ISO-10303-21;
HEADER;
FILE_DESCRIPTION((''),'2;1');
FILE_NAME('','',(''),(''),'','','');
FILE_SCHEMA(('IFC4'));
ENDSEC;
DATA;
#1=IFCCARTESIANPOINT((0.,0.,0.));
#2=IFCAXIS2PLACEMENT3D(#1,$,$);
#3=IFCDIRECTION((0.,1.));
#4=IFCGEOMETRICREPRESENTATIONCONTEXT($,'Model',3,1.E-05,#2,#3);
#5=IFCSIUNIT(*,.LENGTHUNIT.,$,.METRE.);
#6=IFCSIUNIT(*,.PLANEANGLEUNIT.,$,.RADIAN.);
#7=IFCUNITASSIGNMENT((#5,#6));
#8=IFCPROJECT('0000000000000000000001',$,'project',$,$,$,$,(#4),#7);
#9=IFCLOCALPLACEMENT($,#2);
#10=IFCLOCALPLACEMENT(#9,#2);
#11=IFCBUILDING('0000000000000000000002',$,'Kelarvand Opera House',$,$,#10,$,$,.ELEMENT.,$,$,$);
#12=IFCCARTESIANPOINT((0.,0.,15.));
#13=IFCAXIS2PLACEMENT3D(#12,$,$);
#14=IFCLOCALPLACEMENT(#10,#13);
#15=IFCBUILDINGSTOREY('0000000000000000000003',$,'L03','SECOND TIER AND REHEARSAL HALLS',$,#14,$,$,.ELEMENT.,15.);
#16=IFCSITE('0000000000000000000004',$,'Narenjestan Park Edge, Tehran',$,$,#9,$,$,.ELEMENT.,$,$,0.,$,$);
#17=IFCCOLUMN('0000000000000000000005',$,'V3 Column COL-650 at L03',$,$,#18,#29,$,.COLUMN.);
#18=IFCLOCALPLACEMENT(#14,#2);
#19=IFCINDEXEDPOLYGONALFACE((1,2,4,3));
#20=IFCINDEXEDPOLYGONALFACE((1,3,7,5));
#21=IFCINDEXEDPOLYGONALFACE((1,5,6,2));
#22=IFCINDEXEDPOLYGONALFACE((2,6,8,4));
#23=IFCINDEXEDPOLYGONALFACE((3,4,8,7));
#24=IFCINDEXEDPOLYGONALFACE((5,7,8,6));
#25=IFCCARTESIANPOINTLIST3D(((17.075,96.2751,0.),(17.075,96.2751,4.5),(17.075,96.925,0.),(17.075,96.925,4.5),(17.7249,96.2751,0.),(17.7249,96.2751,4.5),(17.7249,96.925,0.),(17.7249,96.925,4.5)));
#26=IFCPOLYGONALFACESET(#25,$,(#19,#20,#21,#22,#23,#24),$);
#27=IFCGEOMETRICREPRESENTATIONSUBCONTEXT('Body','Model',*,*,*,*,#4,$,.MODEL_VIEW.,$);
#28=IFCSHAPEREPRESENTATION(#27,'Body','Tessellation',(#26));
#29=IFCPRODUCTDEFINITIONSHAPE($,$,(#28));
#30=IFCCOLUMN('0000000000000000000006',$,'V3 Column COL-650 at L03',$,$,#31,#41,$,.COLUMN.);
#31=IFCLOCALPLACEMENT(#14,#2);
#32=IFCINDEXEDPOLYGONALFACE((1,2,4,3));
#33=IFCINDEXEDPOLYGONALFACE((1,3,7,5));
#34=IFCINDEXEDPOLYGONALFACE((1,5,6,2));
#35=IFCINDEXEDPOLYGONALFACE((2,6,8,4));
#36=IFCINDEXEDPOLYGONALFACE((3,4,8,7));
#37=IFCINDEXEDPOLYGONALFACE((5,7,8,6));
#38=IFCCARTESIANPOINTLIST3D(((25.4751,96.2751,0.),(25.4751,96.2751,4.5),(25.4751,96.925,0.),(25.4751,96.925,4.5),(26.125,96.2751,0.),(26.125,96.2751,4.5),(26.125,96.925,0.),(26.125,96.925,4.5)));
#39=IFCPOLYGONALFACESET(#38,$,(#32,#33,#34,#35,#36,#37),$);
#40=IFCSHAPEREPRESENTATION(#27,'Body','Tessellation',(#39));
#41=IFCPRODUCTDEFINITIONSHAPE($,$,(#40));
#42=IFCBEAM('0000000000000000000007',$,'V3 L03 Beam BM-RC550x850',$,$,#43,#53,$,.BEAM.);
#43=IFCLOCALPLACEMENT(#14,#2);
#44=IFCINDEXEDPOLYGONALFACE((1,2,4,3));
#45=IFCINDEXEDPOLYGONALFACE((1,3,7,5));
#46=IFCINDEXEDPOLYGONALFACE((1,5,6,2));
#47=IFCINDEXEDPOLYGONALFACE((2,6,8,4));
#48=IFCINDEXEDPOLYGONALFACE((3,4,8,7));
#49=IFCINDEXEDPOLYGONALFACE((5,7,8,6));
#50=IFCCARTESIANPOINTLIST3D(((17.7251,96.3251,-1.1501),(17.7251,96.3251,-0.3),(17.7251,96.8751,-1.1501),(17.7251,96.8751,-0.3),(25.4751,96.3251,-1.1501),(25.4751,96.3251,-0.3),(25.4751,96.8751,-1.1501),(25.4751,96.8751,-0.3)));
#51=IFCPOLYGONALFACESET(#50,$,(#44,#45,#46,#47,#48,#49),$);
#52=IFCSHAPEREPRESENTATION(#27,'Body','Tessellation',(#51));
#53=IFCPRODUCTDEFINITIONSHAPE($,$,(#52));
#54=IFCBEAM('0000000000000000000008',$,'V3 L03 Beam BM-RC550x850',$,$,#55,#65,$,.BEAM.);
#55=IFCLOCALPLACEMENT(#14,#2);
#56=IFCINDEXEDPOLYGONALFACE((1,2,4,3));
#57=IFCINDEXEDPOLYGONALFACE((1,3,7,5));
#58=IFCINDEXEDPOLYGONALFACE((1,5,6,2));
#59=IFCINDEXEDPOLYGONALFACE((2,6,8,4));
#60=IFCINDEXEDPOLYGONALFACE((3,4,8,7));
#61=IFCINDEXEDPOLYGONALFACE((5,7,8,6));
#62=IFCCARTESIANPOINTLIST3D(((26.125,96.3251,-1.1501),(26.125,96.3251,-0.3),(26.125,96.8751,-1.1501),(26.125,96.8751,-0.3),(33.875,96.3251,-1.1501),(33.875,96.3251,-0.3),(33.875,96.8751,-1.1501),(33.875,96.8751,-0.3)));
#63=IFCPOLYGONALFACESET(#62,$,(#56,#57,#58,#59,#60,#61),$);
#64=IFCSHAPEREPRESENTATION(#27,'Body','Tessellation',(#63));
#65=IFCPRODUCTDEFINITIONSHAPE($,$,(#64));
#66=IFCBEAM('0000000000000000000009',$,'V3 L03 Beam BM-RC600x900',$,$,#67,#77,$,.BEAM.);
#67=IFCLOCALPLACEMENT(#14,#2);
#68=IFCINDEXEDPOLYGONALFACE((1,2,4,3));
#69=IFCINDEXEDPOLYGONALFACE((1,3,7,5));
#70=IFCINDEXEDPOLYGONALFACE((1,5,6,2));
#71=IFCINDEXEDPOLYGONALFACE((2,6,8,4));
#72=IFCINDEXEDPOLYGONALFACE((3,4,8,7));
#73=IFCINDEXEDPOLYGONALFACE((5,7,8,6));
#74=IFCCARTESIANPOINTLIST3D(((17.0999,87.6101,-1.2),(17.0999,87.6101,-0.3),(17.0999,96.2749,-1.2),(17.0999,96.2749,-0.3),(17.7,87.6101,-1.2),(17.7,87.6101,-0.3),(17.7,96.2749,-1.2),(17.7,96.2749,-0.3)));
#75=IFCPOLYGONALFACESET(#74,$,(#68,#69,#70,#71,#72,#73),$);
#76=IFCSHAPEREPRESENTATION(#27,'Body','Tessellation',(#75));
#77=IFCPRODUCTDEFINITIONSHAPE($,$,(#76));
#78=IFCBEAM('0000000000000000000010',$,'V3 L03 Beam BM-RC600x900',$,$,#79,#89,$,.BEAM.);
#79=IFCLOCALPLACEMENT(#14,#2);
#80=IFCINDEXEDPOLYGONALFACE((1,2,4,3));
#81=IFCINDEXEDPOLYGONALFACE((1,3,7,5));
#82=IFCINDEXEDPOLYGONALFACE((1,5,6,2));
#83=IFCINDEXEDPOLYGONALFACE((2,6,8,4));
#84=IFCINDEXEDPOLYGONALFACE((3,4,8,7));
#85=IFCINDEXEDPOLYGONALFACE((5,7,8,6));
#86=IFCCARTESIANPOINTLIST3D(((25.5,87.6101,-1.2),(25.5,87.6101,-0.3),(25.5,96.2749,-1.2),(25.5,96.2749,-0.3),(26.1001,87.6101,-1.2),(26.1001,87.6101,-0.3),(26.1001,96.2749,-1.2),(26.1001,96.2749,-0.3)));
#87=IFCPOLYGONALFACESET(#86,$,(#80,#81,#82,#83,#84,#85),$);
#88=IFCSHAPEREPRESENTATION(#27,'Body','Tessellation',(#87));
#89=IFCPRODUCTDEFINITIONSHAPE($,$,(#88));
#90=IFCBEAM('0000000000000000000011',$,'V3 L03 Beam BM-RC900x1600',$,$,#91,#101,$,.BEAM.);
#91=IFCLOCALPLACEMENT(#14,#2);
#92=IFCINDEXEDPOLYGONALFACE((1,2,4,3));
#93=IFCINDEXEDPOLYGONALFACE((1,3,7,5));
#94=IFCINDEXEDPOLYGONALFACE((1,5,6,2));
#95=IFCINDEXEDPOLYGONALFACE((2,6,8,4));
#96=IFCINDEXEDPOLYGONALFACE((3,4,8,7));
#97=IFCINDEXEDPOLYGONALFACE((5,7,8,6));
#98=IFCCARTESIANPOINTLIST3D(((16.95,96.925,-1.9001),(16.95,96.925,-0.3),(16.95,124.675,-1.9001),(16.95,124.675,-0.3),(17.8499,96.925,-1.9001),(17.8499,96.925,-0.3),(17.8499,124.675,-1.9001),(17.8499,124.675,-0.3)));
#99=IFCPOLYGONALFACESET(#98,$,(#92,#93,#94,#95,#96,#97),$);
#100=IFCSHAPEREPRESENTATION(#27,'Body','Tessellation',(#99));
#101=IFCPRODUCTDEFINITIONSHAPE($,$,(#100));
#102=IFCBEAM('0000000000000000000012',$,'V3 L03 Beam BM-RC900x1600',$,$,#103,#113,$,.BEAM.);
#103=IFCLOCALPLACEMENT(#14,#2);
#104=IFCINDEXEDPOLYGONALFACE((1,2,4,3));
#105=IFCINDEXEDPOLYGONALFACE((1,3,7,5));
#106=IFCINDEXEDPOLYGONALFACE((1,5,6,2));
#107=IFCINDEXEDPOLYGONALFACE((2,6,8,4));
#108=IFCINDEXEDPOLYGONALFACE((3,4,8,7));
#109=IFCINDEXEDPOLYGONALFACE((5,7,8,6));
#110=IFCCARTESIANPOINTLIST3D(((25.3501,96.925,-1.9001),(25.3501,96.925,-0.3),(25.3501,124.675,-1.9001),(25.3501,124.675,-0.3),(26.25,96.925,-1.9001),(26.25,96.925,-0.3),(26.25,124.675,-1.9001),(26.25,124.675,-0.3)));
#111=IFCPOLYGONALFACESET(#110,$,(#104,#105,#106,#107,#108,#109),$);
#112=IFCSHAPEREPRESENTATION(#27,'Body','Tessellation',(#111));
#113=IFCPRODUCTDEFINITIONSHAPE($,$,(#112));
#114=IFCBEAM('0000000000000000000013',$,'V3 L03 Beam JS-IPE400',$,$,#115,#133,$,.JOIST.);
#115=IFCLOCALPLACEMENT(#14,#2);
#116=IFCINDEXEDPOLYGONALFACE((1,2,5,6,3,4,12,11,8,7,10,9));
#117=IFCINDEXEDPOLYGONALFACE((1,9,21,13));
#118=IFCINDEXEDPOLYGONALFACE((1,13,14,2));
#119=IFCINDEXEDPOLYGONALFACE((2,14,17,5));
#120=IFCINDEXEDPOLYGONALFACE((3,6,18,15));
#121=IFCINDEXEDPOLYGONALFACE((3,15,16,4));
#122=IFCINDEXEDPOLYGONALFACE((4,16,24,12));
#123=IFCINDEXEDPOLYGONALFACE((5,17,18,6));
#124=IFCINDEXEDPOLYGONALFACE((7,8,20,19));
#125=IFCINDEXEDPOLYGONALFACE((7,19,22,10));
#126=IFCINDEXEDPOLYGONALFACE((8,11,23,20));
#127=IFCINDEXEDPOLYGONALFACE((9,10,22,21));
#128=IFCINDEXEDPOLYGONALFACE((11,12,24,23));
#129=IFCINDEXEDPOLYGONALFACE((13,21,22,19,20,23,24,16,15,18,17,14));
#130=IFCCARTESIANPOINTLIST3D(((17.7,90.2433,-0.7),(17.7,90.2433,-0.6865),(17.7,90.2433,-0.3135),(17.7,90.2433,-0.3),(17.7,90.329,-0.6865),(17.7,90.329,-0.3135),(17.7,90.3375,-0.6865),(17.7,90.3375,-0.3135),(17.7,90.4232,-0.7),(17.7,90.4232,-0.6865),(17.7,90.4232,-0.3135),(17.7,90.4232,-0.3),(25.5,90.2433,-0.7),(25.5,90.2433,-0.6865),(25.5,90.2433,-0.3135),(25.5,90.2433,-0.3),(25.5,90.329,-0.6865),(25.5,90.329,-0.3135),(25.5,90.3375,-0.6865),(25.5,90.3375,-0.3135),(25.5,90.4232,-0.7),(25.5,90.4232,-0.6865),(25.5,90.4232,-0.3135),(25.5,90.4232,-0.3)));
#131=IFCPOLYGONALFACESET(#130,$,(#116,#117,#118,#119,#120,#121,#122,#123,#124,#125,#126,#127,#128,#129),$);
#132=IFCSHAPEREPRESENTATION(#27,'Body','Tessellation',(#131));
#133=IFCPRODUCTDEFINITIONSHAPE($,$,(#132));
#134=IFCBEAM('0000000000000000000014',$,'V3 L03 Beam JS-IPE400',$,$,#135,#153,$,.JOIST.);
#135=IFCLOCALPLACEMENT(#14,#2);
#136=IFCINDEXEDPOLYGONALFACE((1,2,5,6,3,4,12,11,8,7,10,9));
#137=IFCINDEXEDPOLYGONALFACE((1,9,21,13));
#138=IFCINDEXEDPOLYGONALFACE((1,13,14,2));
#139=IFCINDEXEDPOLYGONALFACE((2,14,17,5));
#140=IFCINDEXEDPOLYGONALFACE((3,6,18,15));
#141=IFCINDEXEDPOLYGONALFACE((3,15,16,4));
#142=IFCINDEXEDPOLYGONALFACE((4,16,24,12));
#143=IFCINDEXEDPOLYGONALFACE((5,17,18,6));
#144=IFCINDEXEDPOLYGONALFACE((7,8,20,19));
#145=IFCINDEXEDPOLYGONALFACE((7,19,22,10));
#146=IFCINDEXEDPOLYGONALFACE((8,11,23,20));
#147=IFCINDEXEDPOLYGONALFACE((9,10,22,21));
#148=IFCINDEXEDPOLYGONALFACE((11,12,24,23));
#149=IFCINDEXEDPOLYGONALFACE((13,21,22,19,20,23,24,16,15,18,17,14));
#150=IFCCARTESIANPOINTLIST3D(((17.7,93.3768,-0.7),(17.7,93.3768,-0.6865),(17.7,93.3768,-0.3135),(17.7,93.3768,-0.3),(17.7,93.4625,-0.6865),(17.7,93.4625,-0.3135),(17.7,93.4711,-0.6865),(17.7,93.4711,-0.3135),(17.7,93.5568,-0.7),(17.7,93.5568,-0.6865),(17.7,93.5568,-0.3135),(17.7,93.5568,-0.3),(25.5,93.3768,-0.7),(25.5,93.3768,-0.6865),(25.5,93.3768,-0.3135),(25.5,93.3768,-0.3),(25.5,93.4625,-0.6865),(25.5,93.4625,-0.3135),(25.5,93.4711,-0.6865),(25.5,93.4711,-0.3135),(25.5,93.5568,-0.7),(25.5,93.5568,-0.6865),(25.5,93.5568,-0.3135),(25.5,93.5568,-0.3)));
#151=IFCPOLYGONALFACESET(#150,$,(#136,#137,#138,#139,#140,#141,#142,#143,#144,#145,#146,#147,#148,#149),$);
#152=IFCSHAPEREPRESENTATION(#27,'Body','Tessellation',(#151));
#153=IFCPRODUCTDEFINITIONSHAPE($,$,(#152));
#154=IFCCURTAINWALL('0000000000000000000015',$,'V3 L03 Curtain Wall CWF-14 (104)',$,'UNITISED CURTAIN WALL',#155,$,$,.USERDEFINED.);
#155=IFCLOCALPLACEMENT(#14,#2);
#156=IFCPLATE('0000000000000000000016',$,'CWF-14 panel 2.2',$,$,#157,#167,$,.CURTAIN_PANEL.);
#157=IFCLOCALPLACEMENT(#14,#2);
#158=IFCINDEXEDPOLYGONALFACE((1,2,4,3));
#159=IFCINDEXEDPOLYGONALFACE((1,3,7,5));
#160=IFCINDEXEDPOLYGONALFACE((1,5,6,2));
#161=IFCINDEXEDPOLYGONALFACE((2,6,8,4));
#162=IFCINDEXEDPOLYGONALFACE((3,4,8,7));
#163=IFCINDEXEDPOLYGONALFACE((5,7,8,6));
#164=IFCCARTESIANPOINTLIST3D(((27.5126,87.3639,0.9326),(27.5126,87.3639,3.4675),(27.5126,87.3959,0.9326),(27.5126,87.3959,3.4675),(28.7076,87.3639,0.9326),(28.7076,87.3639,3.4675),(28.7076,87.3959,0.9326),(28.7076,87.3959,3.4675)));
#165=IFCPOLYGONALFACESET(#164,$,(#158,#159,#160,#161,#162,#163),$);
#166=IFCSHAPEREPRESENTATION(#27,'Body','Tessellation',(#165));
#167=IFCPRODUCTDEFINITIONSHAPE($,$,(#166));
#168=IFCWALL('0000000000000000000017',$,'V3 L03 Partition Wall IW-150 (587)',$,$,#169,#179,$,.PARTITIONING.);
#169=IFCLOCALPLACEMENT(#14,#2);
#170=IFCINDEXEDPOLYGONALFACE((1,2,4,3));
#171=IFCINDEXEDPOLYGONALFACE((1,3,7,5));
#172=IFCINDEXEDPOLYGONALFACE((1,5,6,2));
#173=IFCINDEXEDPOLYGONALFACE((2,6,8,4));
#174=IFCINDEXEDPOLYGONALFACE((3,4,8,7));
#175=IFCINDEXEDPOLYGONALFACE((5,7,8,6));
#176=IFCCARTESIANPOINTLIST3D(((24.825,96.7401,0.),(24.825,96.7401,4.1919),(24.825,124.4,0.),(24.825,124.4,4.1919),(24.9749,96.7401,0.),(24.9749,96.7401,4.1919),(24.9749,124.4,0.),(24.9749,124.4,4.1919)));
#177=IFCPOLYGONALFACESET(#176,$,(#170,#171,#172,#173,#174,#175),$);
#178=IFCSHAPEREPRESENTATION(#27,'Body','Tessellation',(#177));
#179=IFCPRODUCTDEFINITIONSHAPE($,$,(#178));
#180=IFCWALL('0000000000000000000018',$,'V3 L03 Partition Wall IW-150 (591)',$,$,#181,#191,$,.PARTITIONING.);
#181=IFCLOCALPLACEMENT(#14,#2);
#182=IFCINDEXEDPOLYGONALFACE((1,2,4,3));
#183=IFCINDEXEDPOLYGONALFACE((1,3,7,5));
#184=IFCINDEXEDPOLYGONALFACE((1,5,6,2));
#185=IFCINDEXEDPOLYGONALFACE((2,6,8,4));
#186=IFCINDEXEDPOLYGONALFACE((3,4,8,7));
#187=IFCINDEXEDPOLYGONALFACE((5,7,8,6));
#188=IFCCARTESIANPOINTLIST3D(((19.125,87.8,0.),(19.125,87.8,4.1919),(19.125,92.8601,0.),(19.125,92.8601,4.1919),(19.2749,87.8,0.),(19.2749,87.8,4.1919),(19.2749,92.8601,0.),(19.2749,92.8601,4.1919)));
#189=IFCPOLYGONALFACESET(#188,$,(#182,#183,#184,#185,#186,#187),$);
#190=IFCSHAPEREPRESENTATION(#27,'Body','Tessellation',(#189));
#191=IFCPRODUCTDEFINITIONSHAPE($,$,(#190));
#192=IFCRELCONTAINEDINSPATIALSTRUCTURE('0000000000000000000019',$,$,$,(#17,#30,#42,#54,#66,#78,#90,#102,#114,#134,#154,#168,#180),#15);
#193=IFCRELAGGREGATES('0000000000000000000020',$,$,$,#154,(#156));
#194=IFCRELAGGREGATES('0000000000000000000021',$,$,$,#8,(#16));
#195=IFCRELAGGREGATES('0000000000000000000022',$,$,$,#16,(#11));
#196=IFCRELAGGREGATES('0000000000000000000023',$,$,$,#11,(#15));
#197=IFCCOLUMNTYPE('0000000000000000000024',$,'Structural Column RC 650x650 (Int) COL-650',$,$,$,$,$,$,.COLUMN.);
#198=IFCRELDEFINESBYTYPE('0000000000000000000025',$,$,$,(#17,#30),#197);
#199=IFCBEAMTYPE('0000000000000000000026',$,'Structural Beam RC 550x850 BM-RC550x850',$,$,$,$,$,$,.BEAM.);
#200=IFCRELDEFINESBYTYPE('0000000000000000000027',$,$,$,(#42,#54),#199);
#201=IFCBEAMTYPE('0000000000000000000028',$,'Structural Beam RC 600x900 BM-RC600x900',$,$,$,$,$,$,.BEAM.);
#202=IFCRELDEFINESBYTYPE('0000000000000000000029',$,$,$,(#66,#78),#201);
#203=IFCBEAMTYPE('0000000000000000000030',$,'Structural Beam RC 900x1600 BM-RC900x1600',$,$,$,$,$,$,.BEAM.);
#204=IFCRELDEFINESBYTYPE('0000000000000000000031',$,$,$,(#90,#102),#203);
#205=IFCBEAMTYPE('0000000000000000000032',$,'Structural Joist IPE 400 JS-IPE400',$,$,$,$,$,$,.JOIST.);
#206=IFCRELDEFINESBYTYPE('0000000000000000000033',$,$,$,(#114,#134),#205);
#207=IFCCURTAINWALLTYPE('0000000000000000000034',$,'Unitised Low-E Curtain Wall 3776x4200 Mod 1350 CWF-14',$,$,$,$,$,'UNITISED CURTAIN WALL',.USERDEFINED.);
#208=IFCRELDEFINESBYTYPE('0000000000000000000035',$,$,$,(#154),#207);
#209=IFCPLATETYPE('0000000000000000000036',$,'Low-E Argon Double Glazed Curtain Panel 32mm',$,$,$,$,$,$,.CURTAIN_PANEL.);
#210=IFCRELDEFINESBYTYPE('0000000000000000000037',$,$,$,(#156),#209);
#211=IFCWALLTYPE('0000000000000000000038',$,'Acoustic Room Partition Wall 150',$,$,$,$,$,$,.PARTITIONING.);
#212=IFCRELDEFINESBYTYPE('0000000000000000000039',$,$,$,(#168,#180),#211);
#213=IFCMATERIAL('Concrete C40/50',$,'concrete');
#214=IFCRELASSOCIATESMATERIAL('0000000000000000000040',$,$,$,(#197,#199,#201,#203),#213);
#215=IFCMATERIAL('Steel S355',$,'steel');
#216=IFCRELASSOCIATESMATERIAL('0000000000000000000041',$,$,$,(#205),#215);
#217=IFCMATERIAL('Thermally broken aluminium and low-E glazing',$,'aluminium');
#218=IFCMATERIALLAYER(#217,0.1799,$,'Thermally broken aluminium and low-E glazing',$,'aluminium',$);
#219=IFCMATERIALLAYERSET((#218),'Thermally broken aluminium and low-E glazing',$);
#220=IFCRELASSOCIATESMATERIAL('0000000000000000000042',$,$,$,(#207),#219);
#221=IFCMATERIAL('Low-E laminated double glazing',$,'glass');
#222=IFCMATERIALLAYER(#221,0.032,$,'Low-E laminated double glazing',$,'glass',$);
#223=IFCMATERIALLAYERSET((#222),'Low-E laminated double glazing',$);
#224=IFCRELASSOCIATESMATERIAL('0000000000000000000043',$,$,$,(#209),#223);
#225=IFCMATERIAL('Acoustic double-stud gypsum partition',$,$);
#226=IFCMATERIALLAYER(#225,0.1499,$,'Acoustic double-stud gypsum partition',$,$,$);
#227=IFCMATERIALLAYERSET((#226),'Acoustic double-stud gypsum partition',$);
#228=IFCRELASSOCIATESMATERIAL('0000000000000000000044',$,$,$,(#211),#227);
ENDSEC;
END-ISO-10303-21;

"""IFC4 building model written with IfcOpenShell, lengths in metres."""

from ifc_helpers import new_model, si_unit, direction, frame, frame_2d, origin, origin_2d, place, context, subcontext, project, spatial, rectangle, i_section, extrude, material, layer, layer_set, material_profile, profile_set, type_object, element, aggregate, save


model = new_model("IFC4")

# Units and contexts
model_context = context("Model", 3, precision=1e-05, world=origin(), true_north=direction((0.0, 1.0)))
body_context = subcontext(model_context, "Body", "Model", "MODEL_VIEW")
ifc_project = project(units=[si_unit("LENGTHUNIT", "METRE"), si_unit("PLANEANGLEUNIT", "RADIAN")], contexts=[model_context])

# Site, building, storey
site_placement = place(None, origin())
site = spatial("IfcSite", under=ifc_project, at=site_placement, Name="Narenjestan Park Edge, Tehran", CompositionType="ELEMENT", RefElevation=0.0)
building_placement = place(site_placement, origin())
building = spatial("IfcBuilding", under=site, at=building_placement, Name="Kelarvand Opera House", CompositionType="ELEMENT")
storey_placement = place(building_placement, frame((0.0, 0.0, 15.0)))
storey = spatial("IfcBuildingStorey", under=building, at=storey_placement, Name="L03", Description="SECOND TIER AND REHEARSAL HALLS", CompositionType="ELEMENT", Elevation=15.0)

# Columns
ifc_material_1 = material(Name="Concrete C40/50", Category="concrete")
ifc_material_profile_1 = material_profile(ifc_material_1, rectangle(XDim=0.6499, YDim=0.6499, at=origin_2d()), Name="RC 650x650", Category="concrete")
ifc_profile_set_1 = profile_set([ifc_material_profile_1], Name="Concrete C40/50")
column_type = type_object("IfcColumnType", Name="Structural Column RC 650x650 (Int) COL-650", PredefinedType="COLUMN", material=ifc_profile_set_1)
for number, where, z_axis, x_axis, name in (
    (1, (17.3999, 96.6001, 0.0), (0.0, 0.0, 1.0), (1.0, 0.0, 0.0), "V3 Column COL-650 at L03"),
    (2, (25.8, 96.6001, 0.0), (0.0, 0.0, 1.0), (1.0, 0.0, 0.0), "V3 Column COL-650 at L03"),
):
    element("IfcColumn", number, at=place(storey_placement, frame(where, z_axis=z_axis, x_axis=x_axis)), inside=storey, type_object=column_type, Name=name, PredefinedType="COLUMN", context=body_context, shape_type="SweptSolid", body=[
        extrude(rectangle(XDim=0.6499, YDim=0.6499, at=origin_2d()), origin(), (0.0, 0.0, 1.0), 4.5),
    ])

# Beams
ifc_material_profile_2 = material_profile(ifc_material_1, rectangle(XDim=0.55, YDim=0.8501, at=origin_2d()), Name="RC 550x850", Category="concrete")
ifc_profile_set_2 = profile_set([ifc_material_profile_2], Name="Concrete C40/50")
beam_type_1 = type_object("IfcBeamType", Name="Structural Beam RC 550x850 BM-RC550x850", PredefinedType="BEAM", material=ifc_profile_set_2)
for number, where, z_axis, x_axis, name in (
    (3, (17.7251, 96.6001, -0.7251), (1.0, 0.0, 0.0), (0.0, 1.0, 0.0), "V3 L03 Beam BM-RC550x850"),
    (4, (26.125, 96.6001, -0.7251), (1.0, 0.0, 0.0), (0.0, 1.0, 0.0), "V3 L03 Beam BM-RC550x850"),
):
    element("IfcBeam", number, at=place(storey_placement, frame(where, z_axis=z_axis, x_axis=x_axis)), inside=storey, type_object=beam_type_1, Name=name, PredefinedType="BEAM", context=body_context, shape_type="SweptSolid", body=[
        extrude(rectangle(XDim=0.55, YDim=0.8501, at=origin_2d()), origin(), (0.0, 0.0, 1.0), 7.75),
    ])
ifc_material_profile_3 = material_profile(ifc_material_1, rectangle(XDim=0.6001, YDim=0.8999, at=origin_2d()), Name="RC 600x900", Category="concrete")
ifc_profile_set_3 = profile_set([ifc_material_profile_3], Name="Concrete C40/50")
beam_type_2 = type_object("IfcBeamType", Name="Structural Beam RC 600x900 BM-RC600x900", PredefinedType="BEAM", material=ifc_profile_set_3)
for number, where, z_axis, x_axis, name in (
    (5, (17.3999, 87.6101, -0.75), (0.0, 1.0, 0.0), (-1.0, 0.0, 0.0), "V3 L03 Beam BM-RC600x900"),
    (6, (25.8, 87.6101, -0.75), (0.0, 1.0, 0.0), (-1.0, 0.0, 0.0), "V3 L03 Beam BM-RC600x900"),
):
    element("IfcBeam", number, at=place(storey_placement, frame(where, z_axis=z_axis, x_axis=x_axis)), inside=storey, type_object=beam_type_2, Name=name, PredefinedType="BEAM", context=body_context, shape_type="SweptSolid", body=[
        extrude(rectangle(XDim=0.6001, YDim=0.8999, at=origin_2d()), origin(), (0.0, 0.0, 1.0), 8.6648),
    ])
ifc_material_profile_4 = material_profile(ifc_material_1, rectangle(XDim=0.8999, YDim=1.6001, at=origin_2d()), Name="RC 900x1600", Category="concrete")
ifc_profile_set_4 = profile_set([ifc_material_profile_4], Name="Concrete C40/50")
beam_type_3 = type_object("IfcBeamType", Name="Structural Beam RC 900x1600 BM-RC900x1600", PredefinedType="BEAM", material=ifc_profile_set_4)
for number, where, z_axis, x_axis, name in (
    (7, (17.3999, 96.925, -1.1001), (0.0, 1.0, 0.0), (-1.0, 0.0, 0.0), "V3 L03 Beam BM-RC900x1600"),
    (8, (25.8, 96.925, -1.1001), (0.0, 1.0, 0.0), (-1.0, 0.0, 0.0), "V3 L03 Beam BM-RC900x1600"),
):
    element("IfcBeam", number, at=place(storey_placement, frame(where, z_axis=z_axis, x_axis=x_axis)), inside=storey, type_object=beam_type_3, Name=name, PredefinedType="BEAM", context=body_context, shape_type="SweptSolid", body=[
        extrude(rectangle(XDim=0.8999, YDim=1.6001, at=origin_2d()), origin(), (0.0, 0.0, 1.0), 27.75),
    ])
ifc_material_2 = material(Name="Steel S355", Category="steel")
ifc_material_profile_5 = material_profile(ifc_material_2, i_section(OverallWidth=0.1799, OverallDepth=0.3999, WebThickness=0.0085, FlangeThickness=0.0134, at=origin_2d()), Name="IPE 400", Category="steel")
ifc_profile_set_5 = profile_set([ifc_material_profile_5], Name="Steel S355")
beam_type_4 = type_object("IfcBeamType", Name="Structural Joist IPE 400 JS-IPE400", PredefinedType="JOIST", material=ifc_profile_set_5)
for number, where, z_axis, x_axis, name in (
    (9, (17.7, 90.3333, -0.5), (1.0, 0.0, 0.0), (0.0, 1.0, 0.0), "V3 L03 Beam JS-IPE400"),
    (10, (17.7, 93.4668, -0.5), (1.0, 0.0, 0.0), (0.0, 1.0, 0.0), "V3 L03 Beam JS-IPE400"),
):
    element("IfcBeam", number, at=place(storey_placement, frame(where, z_axis=z_axis, x_axis=x_axis)), inside=storey, type_object=beam_type_4, Name=name, PredefinedType="JOIST", context=body_context, shape_type="SweptSolid", body=[
        extrude(i_section(OverallWidth=0.1799, OverallDepth=0.3999, WebThickness=0.0085, FlangeThickness=0.0134, at=origin_2d()), origin(), (0.0, 0.0, 1.0), 7.8),
    ])

# Curtain wall, plate
ifc_material_3 = material(Name="Thermally broken aluminium and low-E glazing", Category="aluminium")
ifc_layer_1 = layer(ifc_material_3, 0.1799, Name="Thermally broken aluminium and low-E glazing", Category="aluminium")
ifc_layer_set_1 = layer_set([ifc_layer_1], Name="Thermally broken aluminium and low-E glazing")
curtain_wall_type = type_object("IfcCurtainWallType", Name="Unitised Low-E Curtain Wall 3776x4200 Mod 1350 CWF-14", ElementType="UNITISED CURTAIN WALL", PredefinedType="USERDEFINED", material=ifc_layer_set_1)
curtain_wall_placement = place(storey_placement, origin())
curtain_wall = element("IfcCurtainWall", 11, at=curtain_wall_placement, inside=storey, type_object=curtain_wall_type, Name="V3 L03 Curtain Wall CWF-14 (104)", ObjectType="UNITISED CURTAIN WALL", PredefinedType="USERDEFINED")
ifc_material_4 = material(Name="Low-E laminated double glazing", Category="glass")
ifc_layer_2 = layer(ifc_material_4, 0.032, Name="Low-E laminated double glazing", Category="glass")
ifc_layer_set_2 = layer_set([ifc_layer_2], Name="Low-E laminated double glazing")
plate_type = type_object("IfcPlateType", Name="Low-E Argon Double Glazed Curtain Panel 32mm", PredefinedType="CURTAIN_PANEL", material=ifc_layer_set_2)
plate_placement = place(storey_placement, frame((28.1101, 87.3799, 0.9326), z_axis=(0.0, 0.0, 1.0), x_axis=(-1.0, 0.0, 0.0)))
plate = element("IfcPlate", 12, at=plate_placement, type_object=plate_type, Name="CWF-14 panel 2.2", PredefinedType="CURTAIN_PANEL", context=body_context, shape_type="SweptSolid", body=[
    extrude(rectangle(XDim=1.1951, YDim=0.032, at=origin_2d()), origin(), (0.0, 0.0, 1.0), 2.5349),
])
aggregate(curtain_wall, [plate])

# Walls
ifc_material_5 = material(Name="Acoustic double-stud gypsum partition")
ifc_layer_3 = layer(ifc_material_5, 0.1499, Name="Acoustic double-stud gypsum partition")
ifc_layer_set_3 = layer_set([ifc_layer_3], Name="Acoustic double-stud gypsum partition")
wall_type_1 = type_object("IfcWallType", Name="Acoustic Room Partition Wall 150", PredefinedType="PARTITIONING", material=ifc_layer_set_3)
wall_1_placement = place(storey_placement, frame((24.8999, 96.74, 0.0), z_axis=(0.0, 0.0, 1.0), x_axis=(0.0, 1.0, 0.0)))
element("IfcWall", 13, at=wall_1_placement, inside=storey, type_object=wall_type_1, Name="V3 L03 Partition Wall IW-150 (587)", PredefinedType="PARTITIONING", context=body_context, shape_type="SweptSolid", body=[
    extrude(rectangle(XDim=27.6599, YDim=0.1499, at=frame_2d((13.8301, 0.0))), origin(), (0.0, 0.0, 1.0), 4.1919),
])
wall_2_placement = place(storey_placement, frame((19.2, 87.8, 0.0), z_axis=(0.0, 0.0, 1.0), x_axis=(0.0, 1.0, 0.0)))
element("IfcWall", 14, at=wall_2_placement, inside=storey, type_object=wall_type_1, Name="V3 L03 Partition Wall IW-150 (591)", PredefinedType="PARTITIONING", context=body_context, shape_type="SweptSolid", body=[
    extrude(rectangle(XDim=5.0601, YDim=0.1499, at=frame_2d((2.53, 0.0))), origin(), (0.0, 0.0, 1.0), 4.1919),
])

save(model, "model.ifc")
